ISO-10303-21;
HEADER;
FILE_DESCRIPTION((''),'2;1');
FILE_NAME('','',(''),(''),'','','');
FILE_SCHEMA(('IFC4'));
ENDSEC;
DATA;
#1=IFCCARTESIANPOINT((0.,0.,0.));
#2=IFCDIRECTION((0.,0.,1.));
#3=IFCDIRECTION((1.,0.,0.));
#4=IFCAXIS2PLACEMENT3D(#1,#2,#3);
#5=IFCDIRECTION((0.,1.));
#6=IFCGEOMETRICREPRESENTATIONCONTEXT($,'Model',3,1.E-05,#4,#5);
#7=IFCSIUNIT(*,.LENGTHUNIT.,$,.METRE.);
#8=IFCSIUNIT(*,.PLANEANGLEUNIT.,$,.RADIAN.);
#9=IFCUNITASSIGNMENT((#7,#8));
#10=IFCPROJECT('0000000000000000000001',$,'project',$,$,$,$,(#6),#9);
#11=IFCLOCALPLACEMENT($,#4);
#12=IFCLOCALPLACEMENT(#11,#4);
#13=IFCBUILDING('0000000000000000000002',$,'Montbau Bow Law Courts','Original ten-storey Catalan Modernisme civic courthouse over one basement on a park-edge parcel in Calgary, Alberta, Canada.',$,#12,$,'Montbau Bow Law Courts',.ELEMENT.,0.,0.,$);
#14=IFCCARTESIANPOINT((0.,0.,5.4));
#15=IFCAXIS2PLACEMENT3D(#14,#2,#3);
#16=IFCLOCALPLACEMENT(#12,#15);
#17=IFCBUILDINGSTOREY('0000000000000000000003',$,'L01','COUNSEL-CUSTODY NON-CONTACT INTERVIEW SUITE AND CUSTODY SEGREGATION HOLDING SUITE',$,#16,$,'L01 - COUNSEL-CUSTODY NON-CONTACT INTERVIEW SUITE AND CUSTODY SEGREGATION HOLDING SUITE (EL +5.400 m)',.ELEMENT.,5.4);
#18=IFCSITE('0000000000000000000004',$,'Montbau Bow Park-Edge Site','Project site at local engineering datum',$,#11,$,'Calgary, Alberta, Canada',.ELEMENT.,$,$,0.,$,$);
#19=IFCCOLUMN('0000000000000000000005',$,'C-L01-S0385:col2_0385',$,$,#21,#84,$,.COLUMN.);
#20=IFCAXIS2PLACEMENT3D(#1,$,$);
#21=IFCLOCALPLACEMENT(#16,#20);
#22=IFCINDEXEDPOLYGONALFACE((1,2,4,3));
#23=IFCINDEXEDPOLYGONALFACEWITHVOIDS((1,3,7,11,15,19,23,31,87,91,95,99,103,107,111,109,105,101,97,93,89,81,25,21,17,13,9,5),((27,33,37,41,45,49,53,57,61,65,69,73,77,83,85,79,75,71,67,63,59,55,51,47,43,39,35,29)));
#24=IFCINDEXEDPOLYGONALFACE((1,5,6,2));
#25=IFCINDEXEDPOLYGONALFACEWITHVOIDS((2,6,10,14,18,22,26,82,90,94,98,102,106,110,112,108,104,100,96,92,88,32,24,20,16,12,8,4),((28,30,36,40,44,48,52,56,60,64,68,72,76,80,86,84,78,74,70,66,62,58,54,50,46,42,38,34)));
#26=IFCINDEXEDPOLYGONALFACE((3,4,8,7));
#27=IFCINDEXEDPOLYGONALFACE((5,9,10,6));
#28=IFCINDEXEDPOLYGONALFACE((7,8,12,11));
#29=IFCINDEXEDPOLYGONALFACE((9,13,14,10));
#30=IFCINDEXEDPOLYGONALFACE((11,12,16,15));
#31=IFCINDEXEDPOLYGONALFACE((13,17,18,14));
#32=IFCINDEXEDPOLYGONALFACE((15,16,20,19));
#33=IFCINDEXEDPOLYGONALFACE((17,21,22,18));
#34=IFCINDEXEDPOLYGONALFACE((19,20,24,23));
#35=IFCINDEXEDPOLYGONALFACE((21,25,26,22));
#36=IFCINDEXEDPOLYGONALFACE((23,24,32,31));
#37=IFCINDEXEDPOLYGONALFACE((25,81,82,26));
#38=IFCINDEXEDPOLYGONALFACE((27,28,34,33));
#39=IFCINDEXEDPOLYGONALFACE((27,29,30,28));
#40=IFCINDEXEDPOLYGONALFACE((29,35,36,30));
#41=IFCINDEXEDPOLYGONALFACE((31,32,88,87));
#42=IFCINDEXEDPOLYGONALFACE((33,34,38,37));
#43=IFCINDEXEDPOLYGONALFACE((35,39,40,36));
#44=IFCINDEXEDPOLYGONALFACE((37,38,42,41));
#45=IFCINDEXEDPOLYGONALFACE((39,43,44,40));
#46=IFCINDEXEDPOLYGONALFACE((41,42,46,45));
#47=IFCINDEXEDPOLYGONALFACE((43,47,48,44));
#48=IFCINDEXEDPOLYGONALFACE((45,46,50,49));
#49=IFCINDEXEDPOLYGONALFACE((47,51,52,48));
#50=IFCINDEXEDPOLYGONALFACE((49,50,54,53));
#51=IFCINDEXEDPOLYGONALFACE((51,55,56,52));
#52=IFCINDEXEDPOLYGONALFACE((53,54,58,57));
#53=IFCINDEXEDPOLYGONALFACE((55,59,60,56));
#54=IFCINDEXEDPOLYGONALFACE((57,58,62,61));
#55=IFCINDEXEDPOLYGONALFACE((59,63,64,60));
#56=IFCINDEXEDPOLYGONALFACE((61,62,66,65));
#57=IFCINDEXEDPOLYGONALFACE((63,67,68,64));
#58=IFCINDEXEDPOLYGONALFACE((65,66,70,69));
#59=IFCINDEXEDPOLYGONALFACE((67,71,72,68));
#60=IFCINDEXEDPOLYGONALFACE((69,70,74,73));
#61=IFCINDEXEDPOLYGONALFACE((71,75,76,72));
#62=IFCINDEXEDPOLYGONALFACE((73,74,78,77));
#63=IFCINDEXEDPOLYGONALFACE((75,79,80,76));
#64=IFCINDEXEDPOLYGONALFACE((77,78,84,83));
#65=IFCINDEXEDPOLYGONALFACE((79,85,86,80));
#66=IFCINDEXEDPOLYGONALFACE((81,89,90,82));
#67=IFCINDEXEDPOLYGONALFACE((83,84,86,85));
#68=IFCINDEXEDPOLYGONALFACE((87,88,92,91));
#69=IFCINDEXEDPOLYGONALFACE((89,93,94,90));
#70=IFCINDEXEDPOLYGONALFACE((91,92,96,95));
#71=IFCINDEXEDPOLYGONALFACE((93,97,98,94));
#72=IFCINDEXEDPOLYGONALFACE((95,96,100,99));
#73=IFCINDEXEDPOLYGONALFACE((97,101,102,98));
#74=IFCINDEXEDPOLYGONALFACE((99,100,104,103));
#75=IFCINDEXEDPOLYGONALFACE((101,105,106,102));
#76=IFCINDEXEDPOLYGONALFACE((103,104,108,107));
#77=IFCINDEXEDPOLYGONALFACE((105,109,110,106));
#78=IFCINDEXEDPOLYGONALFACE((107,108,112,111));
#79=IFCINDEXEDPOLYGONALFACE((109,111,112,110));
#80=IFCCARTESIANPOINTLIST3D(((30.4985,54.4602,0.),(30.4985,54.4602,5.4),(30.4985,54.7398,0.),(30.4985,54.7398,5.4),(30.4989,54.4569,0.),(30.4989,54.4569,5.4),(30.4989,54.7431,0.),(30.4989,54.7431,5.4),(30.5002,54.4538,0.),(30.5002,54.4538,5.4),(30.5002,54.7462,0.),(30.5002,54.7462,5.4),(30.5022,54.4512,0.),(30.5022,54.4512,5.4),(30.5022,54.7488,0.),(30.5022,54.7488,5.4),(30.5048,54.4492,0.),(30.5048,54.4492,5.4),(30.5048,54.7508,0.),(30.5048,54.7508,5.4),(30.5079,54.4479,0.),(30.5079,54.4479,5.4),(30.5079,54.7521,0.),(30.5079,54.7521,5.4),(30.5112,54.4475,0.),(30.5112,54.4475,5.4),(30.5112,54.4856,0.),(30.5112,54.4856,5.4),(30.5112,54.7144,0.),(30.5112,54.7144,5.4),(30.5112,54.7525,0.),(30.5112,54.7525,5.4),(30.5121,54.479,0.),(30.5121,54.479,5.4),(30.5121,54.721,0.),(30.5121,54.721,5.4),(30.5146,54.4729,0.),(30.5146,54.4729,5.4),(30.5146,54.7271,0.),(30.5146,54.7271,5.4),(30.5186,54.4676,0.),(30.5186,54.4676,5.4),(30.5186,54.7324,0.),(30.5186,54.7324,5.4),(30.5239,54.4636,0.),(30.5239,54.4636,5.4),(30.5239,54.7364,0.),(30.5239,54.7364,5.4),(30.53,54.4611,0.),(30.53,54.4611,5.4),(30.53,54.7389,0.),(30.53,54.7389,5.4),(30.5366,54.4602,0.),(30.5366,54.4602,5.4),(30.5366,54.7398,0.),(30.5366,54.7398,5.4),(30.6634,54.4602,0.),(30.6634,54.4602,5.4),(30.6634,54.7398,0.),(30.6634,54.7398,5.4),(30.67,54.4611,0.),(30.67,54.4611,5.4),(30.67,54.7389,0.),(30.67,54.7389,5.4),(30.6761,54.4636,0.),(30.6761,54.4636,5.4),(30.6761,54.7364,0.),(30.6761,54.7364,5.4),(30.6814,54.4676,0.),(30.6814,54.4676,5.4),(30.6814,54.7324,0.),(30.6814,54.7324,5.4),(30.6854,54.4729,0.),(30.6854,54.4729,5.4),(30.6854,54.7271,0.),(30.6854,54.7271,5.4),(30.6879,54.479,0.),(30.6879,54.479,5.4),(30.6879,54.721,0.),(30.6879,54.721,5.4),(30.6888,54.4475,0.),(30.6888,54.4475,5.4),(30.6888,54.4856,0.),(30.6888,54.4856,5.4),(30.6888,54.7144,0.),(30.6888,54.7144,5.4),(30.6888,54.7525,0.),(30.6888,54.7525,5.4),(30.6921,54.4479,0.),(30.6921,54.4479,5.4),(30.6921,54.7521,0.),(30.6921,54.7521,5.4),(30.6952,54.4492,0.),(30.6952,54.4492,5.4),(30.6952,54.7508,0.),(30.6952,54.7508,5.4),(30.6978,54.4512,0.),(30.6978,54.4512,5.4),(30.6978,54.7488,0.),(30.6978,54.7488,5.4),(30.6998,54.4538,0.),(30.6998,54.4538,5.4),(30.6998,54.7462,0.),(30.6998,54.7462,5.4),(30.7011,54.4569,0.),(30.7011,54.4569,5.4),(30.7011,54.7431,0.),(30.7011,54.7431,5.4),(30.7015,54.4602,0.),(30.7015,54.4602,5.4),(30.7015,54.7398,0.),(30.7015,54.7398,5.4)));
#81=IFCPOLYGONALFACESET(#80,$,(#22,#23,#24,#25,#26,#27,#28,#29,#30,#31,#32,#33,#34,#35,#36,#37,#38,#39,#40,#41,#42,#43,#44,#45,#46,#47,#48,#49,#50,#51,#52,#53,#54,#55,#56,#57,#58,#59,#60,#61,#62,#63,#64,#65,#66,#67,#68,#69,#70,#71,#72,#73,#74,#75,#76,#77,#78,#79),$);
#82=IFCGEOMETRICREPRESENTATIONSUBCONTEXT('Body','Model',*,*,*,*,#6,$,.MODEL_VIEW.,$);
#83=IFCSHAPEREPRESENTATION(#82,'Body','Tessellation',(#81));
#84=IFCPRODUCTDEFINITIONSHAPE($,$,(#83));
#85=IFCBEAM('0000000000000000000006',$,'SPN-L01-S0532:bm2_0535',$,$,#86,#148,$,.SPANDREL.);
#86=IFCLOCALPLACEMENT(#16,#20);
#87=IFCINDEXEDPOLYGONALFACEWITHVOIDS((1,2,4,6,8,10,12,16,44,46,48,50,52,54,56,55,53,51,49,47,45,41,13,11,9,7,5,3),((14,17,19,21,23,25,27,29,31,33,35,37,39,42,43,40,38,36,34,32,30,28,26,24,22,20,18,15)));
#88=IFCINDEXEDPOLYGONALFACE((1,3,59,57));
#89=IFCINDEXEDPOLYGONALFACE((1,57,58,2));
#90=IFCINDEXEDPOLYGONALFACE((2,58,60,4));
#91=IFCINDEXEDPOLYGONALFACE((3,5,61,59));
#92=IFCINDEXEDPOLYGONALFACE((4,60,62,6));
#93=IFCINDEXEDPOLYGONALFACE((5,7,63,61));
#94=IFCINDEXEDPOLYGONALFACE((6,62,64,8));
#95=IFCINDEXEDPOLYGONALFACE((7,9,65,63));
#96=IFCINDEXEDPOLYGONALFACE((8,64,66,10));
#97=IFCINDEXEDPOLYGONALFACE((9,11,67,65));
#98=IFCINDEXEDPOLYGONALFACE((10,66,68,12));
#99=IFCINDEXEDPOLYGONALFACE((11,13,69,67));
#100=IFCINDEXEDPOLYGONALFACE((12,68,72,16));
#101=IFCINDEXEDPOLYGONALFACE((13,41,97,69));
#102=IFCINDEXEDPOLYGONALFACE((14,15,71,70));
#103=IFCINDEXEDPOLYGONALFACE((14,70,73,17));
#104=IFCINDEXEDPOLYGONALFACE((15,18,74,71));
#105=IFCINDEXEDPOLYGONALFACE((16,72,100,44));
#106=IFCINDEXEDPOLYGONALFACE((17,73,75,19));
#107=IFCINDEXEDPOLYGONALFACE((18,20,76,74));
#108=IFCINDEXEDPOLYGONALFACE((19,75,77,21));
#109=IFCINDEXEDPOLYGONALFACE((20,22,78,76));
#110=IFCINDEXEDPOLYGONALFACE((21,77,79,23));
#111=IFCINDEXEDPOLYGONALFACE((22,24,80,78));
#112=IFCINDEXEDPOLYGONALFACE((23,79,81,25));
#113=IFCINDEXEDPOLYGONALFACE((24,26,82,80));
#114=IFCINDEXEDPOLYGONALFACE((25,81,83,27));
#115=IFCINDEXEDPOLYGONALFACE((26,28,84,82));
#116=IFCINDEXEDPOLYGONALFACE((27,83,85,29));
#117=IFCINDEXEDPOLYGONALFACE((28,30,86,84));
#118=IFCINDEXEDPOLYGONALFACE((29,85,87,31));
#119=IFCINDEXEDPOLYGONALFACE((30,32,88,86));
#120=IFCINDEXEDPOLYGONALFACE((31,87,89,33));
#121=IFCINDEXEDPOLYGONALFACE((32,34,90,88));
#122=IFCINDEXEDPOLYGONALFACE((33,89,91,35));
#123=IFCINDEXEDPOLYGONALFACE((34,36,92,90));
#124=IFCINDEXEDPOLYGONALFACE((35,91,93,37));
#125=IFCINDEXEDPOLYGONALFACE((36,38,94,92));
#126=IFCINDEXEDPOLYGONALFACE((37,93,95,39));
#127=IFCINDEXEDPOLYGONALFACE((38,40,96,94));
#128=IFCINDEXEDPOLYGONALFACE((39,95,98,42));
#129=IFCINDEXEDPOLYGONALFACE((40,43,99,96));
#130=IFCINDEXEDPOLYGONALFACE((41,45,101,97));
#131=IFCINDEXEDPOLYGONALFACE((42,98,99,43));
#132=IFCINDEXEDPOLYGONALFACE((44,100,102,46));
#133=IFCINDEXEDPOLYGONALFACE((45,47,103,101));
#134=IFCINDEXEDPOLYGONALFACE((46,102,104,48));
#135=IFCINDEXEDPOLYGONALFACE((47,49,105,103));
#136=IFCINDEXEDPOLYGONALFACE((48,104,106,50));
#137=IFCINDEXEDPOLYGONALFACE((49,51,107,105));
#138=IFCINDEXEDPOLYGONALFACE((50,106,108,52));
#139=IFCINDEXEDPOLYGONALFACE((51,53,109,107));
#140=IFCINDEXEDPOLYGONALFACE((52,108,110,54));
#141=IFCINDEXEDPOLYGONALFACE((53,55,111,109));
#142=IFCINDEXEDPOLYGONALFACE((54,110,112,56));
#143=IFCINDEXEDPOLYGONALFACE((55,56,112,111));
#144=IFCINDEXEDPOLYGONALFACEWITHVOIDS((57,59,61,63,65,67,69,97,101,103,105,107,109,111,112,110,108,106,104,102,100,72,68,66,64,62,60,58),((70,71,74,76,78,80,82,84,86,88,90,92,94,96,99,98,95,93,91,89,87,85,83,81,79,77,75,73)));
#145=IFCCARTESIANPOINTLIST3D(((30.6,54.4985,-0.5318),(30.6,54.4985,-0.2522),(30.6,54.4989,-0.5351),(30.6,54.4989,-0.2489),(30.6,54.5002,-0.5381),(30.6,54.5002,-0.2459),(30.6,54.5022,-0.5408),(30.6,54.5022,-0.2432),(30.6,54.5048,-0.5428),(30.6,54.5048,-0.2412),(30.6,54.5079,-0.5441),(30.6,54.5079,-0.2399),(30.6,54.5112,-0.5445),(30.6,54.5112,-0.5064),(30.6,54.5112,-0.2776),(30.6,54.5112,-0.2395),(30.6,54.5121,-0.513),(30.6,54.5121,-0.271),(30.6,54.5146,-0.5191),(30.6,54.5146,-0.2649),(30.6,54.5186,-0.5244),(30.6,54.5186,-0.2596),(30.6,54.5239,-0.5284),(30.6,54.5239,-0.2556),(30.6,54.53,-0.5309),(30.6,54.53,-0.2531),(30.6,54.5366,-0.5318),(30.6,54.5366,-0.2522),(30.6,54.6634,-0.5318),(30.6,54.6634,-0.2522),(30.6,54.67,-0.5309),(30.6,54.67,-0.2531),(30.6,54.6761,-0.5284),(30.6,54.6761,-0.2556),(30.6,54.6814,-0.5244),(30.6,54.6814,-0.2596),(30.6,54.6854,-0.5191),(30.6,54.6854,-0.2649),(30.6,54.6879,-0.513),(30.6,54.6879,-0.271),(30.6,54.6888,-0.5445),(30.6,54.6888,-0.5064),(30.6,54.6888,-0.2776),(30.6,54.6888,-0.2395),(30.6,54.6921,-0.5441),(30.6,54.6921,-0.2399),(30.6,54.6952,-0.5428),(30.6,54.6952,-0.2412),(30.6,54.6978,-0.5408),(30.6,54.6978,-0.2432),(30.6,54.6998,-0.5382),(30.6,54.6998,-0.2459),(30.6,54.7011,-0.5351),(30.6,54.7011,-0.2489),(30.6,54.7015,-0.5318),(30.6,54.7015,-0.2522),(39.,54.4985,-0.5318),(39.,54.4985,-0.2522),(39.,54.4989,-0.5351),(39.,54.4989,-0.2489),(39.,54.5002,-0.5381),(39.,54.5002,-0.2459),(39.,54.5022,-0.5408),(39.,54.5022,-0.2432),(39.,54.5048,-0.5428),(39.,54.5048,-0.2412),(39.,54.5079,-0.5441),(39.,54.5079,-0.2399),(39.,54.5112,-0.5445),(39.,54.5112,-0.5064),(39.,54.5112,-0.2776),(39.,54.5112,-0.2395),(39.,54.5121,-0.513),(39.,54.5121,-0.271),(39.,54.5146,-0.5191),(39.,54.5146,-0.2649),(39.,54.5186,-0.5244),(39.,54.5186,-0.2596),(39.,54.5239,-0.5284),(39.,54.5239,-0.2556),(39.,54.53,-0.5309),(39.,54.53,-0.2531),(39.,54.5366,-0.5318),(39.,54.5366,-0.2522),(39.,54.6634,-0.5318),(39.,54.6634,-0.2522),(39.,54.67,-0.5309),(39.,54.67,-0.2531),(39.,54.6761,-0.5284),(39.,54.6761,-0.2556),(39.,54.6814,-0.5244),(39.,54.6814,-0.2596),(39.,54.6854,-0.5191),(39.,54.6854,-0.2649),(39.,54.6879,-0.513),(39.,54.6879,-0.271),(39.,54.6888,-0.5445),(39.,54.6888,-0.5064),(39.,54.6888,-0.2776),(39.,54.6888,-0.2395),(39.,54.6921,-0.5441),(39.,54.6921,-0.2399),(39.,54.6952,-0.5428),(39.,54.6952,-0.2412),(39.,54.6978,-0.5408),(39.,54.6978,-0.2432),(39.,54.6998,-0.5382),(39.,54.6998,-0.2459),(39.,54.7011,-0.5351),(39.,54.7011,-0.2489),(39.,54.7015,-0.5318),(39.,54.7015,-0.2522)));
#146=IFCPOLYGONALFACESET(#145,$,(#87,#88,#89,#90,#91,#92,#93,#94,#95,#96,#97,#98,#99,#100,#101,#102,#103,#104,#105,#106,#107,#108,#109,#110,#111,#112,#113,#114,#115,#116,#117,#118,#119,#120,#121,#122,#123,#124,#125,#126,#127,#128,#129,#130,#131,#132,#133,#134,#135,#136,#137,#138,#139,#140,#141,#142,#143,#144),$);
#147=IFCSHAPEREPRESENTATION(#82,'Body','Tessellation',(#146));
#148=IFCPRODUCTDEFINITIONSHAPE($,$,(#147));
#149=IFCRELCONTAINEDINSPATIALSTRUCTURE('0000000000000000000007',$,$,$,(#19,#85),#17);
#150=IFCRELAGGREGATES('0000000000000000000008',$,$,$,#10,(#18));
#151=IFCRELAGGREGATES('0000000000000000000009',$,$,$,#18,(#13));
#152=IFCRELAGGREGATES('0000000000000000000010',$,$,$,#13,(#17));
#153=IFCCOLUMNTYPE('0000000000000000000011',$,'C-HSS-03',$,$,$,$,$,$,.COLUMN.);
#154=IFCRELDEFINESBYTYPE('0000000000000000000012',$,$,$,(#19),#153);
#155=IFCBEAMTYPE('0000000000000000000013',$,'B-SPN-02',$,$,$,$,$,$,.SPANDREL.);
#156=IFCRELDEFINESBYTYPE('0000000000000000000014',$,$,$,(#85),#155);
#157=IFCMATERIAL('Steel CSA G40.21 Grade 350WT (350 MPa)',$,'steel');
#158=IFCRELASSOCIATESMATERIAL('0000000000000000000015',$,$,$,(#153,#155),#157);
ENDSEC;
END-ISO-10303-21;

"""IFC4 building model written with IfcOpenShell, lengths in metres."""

from ifc_helpers import new_model, si_unit, direction, frame, origin_with_axes, origin_2d_with_axis, place, context, subcontext, project, spatial, hollow_rectangle, extrude, material, material_profile, profile_set, type_object, element, save


model = new_model("IFC4")

# Units and contexts
model_context = context("Model", 3, precision=1e-05, world=origin_with_axes(), true_north=direction((0.0, 1.0)))
body_context = subcontext(model_context, "Body", "Model", "MODEL_VIEW")
ifc_project = project(units=[si_unit("LENGTHUNIT", "METRE"), si_unit("PLANEANGLEUNIT", "RADIAN")], contexts=[model_context])

# Site, building, storey
site_placement = place(None, origin_with_axes())
site = spatial("IfcSite", under=ifc_project, at=site_placement, Name="Montbau Bow Park-Edge Site", Description="Project site at local engineering datum", LongName="Calgary, Alberta, Canada", CompositionType="ELEMENT", RefElevation=0.0)
building_placement = place(site_placement, origin_with_axes())
building = spatial("IfcBuilding", under=site, at=building_placement, Name="Montbau Bow Law Courts", Description="Original ten-storey Catalan Modernisme civic courthouse over one basement on a park-edge parcel in Calgary, Alberta, Canada.", LongName="Montbau Bow Law Courts", CompositionType="ELEMENT", ElevationOfRefHeight=0.0, ElevationOfTerrain=0.0)
storey_placement = place(building_placement, frame((0.0, 0.0, 5.4), z_axis=(0.0, 0.0, 1.0), x_axis=(1.0, 0.0, 0.0)))
storey = spatial("IfcBuildingStorey", under=building, at=storey_placement, Name="L01", Description="COUNSEL-CUSTODY NON-CONTACT INTERVIEW SUITE AND CUSTODY SEGREGATION HOLDING SUITE", LongName="L01 - COUNSEL-CUSTODY NON-CONTACT INTERVIEW SUITE AND CUSTODY SEGREGATION HOLDING SUITE (EL +5.400 m)", CompositionType="ELEMENT", Elevation=5.4)

# Column
ifc_material_1 = material(Name="Steel CSA G40.21 Grade 350WT (350 MPa)", Category="steel")
ifc_material_profile_1 = material_profile(ifc_material_1, hollow_rectangle(XDim=0.203, YDim=0.305, WallThickness=0.0127, InnerFilletRadius=0.0254, OuterFilletRadius=0.0127, at=origin_2d_with_axis()), Name="HSS305X203X13", Category="Main", Priority=0)
ifc_profile_set_1 = profile_set([ifc_material_profile_1], Name="Steel CSA G40.21 Grade 350WT (350 MPa)")
column_type = type_object("IfcColumnType", Name="C-HSS-03", PredefinedType="COLUMN", material=ifc_profile_set_1)
column_placement = place(None, frame((30.6, 54.6, 5.4), z_axis=(0.0, 0.0, 1.0), x_axis=(1.0, 0.0, 0.0)))
element("IfcColumn", 1, at=column_placement, inside=storey, type_object=column_type, Name="C-L01-S0385:col2_0385", PredefinedType="COLUMN", context=body_context, shape_type="SweptSolid", body=[
    extrude(hollow_rectangle(XDim=0.203, YDim=0.305, WallThickness=0.0127, InnerFilletRadius=0.0254, OuterFilletRadius=0.0127, at=origin_2d_with_axis()), origin_with_axes(), (0.0, 0.0, 1.0), 5.4),
])

# Beam
ifc_material_profile_2 = material_profile(ifc_material_1, hollow_rectangle(XDim=0.203, YDim=0.305, WallThickness=0.0127, InnerFilletRadius=0.0254, OuterFilletRadius=0.0127, at=origin_2d_with_axis()), Name="HSS305X203X13", Category="Main", Priority=0)
ifc_profile_set_2 = profile_set([ifc_material_profile_2], Name="Steel CSA G40.21 Grade 350WT (350 MPa)")
beam_type = type_object("IfcBeamType", Name="B-SPN-02", PredefinedType="SPANDREL", material=ifc_profile_set_2)
beam_placement = place(None, frame((30.6, 54.6, 5.008), z_axis=(1.0, 0.0, 0.0), x_axis=(0.0, 1.0, 0.0)))
element("IfcBeam", 2, at=beam_placement, inside=storey, type_object=beam_type, Name="SPN-L01-S0532:bm2_0535", PredefinedType="SPANDREL", context=body_context, shape_type="SweptSolid", body=[
    extrude(hollow_rectangle(XDim=0.203, YDim=0.305, WallThickness=0.0127, InnerFilletRadius=0.0254, OuterFilletRadius=0.0127, at=origin_2d_with_axis()), origin_with_axes(), (0.0, 0.0, 1.0), 8.4),
])

save(model, "model.ifc")
